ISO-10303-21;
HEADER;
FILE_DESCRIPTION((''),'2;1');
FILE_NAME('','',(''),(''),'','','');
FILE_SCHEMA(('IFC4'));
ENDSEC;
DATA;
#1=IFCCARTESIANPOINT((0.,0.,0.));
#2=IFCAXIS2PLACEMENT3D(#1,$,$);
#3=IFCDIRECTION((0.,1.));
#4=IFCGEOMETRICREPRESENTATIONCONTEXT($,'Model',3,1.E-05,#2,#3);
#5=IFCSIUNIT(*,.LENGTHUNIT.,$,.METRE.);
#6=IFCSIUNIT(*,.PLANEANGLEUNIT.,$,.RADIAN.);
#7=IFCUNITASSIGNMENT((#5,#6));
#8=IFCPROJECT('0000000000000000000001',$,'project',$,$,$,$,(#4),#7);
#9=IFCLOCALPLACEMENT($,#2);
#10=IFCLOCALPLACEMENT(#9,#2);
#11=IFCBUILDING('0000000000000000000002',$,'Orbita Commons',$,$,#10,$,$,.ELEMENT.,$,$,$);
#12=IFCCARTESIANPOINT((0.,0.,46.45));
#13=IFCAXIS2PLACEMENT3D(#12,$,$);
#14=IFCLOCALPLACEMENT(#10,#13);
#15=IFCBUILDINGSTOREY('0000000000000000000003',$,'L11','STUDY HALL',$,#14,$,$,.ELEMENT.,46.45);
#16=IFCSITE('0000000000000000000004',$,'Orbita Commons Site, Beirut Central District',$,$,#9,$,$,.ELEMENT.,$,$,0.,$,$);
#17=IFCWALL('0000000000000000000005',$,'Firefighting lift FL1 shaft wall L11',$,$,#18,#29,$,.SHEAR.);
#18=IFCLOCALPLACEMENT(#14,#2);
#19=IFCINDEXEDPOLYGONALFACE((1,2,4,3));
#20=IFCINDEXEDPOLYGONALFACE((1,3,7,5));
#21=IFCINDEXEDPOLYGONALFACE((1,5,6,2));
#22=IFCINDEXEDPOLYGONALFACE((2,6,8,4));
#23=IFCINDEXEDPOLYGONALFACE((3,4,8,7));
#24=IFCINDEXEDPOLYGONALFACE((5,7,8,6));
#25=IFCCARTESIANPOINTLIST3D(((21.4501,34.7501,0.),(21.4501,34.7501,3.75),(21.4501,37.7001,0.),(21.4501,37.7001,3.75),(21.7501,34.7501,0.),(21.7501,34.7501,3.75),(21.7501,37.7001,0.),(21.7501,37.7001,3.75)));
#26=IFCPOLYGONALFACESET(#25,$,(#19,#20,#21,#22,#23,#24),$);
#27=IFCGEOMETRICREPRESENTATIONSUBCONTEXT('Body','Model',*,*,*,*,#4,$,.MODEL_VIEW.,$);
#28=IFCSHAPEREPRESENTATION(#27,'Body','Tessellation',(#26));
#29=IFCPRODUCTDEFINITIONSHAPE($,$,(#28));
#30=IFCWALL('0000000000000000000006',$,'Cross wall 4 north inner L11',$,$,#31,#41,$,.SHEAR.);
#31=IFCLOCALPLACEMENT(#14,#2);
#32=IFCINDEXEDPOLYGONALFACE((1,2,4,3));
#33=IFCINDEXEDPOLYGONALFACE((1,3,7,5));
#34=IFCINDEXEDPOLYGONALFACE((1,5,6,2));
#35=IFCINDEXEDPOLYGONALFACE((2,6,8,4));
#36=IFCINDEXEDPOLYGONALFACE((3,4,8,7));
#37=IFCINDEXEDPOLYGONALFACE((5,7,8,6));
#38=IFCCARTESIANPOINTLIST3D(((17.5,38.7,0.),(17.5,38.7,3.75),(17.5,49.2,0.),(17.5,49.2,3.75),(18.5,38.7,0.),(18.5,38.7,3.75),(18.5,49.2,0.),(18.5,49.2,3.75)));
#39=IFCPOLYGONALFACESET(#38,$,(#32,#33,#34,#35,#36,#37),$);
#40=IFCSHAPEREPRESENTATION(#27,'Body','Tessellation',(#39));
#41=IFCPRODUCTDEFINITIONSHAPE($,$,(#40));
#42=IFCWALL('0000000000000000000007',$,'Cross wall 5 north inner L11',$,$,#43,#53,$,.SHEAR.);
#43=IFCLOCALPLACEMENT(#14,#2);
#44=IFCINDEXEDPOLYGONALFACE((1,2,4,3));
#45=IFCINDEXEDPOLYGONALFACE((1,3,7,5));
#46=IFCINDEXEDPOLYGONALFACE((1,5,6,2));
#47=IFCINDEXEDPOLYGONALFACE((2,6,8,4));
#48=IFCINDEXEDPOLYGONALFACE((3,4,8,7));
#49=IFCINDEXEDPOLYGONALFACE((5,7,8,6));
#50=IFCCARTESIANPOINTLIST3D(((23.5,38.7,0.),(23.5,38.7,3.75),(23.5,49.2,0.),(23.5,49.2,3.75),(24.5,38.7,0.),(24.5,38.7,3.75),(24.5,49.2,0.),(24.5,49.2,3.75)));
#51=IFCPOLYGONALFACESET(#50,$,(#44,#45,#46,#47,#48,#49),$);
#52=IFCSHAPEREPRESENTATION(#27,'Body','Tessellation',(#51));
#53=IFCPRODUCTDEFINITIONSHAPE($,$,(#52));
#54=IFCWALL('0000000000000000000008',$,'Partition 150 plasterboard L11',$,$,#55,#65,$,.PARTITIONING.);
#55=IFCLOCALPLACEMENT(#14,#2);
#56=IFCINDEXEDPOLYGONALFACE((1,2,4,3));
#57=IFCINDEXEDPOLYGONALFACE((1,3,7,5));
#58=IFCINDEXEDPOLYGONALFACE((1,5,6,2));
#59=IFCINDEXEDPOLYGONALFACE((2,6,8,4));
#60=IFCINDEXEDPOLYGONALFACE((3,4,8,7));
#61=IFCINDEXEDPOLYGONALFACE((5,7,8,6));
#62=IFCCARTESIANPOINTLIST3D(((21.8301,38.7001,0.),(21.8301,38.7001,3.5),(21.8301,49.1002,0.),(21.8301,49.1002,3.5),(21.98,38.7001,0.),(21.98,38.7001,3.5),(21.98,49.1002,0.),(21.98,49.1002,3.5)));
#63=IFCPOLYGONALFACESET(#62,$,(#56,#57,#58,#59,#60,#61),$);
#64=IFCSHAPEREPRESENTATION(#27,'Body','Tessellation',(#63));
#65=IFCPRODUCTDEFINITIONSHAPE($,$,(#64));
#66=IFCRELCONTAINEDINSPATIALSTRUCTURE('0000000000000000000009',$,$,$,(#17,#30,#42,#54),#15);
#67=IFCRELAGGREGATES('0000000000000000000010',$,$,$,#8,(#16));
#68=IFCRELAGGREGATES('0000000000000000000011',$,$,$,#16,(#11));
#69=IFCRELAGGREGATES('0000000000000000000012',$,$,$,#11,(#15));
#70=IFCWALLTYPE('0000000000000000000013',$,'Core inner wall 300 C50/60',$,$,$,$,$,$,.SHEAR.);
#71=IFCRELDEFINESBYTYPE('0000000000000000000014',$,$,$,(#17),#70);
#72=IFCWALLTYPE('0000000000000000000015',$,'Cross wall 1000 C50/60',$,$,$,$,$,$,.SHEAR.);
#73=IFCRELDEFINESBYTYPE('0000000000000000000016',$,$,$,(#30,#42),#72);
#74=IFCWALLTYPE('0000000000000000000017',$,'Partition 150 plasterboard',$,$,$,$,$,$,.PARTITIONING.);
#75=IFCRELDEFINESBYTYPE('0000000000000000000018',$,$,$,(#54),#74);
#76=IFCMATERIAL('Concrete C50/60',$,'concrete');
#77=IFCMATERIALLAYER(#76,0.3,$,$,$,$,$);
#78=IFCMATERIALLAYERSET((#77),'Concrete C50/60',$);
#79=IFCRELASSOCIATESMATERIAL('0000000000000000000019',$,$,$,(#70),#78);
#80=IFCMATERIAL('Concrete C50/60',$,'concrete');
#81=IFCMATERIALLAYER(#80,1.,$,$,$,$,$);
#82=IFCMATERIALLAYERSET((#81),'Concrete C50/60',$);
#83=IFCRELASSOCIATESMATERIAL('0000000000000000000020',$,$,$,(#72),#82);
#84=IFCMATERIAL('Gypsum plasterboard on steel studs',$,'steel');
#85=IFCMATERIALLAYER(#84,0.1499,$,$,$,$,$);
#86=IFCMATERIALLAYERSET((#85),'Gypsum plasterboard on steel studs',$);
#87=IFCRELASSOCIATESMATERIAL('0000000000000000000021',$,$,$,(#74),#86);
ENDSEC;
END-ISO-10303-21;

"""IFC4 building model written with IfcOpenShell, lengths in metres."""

from ifc_helpers import new_model, si_unit, direction, frame, frame_2d, origin, place, context, subcontext, project, spatial, rectangle, extrude, material, layer, layer_set, type_object, element, save


model = new_model("IFC4")

# Units and contexts
model_context = context("Model", 3, precision=1e-05, world=origin(), true_north=direction((0.0, 1.0)))
body_context = subcontext(model_context, "Body", "Model", "MODEL_VIEW")
ifc_project = project(units=[si_unit("LENGTHUNIT", "METRE"), si_unit("PLANEANGLEUNIT", "RADIAN")], contexts=[model_context])

# Site, building, storey
site_placement = place(None, origin())
site = spatial("IfcSite", under=ifc_project, at=site_placement, Name="Orbita Commons Site, Beirut Central District", CompositionType="ELEMENT", RefElevation=0.0)
building_placement = place(site_placement, origin())
building = spatial("IfcBuilding", under=site, at=building_placement, Name="Orbita Commons", CompositionType="ELEMENT")
storey_placement = place(building_placement, frame((0.0, 0.0, 46.45)))
storey = spatial("IfcBuildingStorey", under=building, at=storey_placement, Name="L11", Description="STUDY HALL", CompositionType="ELEMENT", Elevation=46.45)

# Walls
ifc_material_1 = material(Name="Concrete C50/60", Category="concrete")
ifc_layer_1 = layer(ifc_material_1, 0.3)
ifc_layer_set_1 = layer_set([ifc_layer_1], Name="Concrete C50/60")
wall_type_1 = type_object("IfcWallType", Name="Core inner wall 300 C50/60", PredefinedType="SHEAR", material=ifc_layer_set_1)
wall_1_placement = place(storey_placement, frame((21.6001, 34.75, 0.0), z_axis=(0.0, 0.0, 1.0), x_axis=(0.0, 1.0, 0.0)))
element("IfcWall", 1, at=wall_1_placement, inside=storey, type_object=wall_type_1, Name="Firefighting lift FL1 shaft wall L11", PredefinedType="SHEAR", context=body_context, shape_type="SweptSolid", body=[
    extrude(rectangle(XDim=2.95, YDim=0.3, at=frame_2d((1.4751, 0.0))), origin(), (0.0, 0.0, 1.0), 3.75),
])
ifc_material_2 = material(Name="Concrete C50/60", Category="concrete")
ifc_layer_2 = layer(ifc_material_2, 1.0)
ifc_layer_set_2 = layer_set([ifc_layer_2], Name="Concrete C50/60")
wall_type_2 = type_object("IfcWallType", Name="Cross wall 1000 C50/60", PredefinedType="SHEAR", material=ifc_layer_set_2)
for number, where, z_axis, x_axis, name in (
    (2, (18.0, 38.7, 0.0), (0.0, 0.0, 1.0), (0.0, 1.0, 0.0), "Cross wall 4 north inner L11"),
    (3, (24.0, 38.7, 0.0), (0.0, 0.0, 1.0), (0.0, 1.0, 0.0), "Cross wall 5 north inner L11"),
):
    element("IfcWall", number, at=place(storey_placement, frame(where, z_axis=z_axis, x_axis=x_axis)), inside=storey, type_object=wall_type_2, Name=name, PredefinedType="SHEAR", context=body_context, shape_type="SweptSolid", body=[
        extrude(rectangle(XDim=10.5, YDim=1.0, at=frame_2d((5.25, 0.0))), origin(), (0.0, 0.0, 1.0), 3.75),
    ])
ifc_material_3 = material(Name="Gypsum plasterboard on steel studs", Category="steel")
ifc_layer_3 = layer(ifc_material_3, 0.1499)
ifc_layer_set_3 = layer_set([ifc_layer_3], Name="Gypsum plasterboard on steel studs")
wall_type_3 = type_object("IfcWallType", Name="Partition 150 plasterboard", PredefinedType="PARTITIONING", material=ifc_layer_set_3)
wall_2_placement = place(storey_placement, frame((21.905, 38.7, 0.0), z_axis=(0.0, 0.0, 1.0), x_axis=(0.0, 1.0, 0.0)))
element("IfcWall", 4, at=wall_2_placement, inside=storey, type_object=wall_type_3, Name="Partition 150 plasterboard L11", PredefinedType="PARTITIONING", context=body_context, shape_type="SweptSolid", body=[
    extrude(rectangle(XDim=10.4001, YDim=0.1499, at=frame_2d((5.2002, 0.0))), origin(), (0.0, 0.0, 1.0), 3.5),
])

save(model, "model.ifc")
